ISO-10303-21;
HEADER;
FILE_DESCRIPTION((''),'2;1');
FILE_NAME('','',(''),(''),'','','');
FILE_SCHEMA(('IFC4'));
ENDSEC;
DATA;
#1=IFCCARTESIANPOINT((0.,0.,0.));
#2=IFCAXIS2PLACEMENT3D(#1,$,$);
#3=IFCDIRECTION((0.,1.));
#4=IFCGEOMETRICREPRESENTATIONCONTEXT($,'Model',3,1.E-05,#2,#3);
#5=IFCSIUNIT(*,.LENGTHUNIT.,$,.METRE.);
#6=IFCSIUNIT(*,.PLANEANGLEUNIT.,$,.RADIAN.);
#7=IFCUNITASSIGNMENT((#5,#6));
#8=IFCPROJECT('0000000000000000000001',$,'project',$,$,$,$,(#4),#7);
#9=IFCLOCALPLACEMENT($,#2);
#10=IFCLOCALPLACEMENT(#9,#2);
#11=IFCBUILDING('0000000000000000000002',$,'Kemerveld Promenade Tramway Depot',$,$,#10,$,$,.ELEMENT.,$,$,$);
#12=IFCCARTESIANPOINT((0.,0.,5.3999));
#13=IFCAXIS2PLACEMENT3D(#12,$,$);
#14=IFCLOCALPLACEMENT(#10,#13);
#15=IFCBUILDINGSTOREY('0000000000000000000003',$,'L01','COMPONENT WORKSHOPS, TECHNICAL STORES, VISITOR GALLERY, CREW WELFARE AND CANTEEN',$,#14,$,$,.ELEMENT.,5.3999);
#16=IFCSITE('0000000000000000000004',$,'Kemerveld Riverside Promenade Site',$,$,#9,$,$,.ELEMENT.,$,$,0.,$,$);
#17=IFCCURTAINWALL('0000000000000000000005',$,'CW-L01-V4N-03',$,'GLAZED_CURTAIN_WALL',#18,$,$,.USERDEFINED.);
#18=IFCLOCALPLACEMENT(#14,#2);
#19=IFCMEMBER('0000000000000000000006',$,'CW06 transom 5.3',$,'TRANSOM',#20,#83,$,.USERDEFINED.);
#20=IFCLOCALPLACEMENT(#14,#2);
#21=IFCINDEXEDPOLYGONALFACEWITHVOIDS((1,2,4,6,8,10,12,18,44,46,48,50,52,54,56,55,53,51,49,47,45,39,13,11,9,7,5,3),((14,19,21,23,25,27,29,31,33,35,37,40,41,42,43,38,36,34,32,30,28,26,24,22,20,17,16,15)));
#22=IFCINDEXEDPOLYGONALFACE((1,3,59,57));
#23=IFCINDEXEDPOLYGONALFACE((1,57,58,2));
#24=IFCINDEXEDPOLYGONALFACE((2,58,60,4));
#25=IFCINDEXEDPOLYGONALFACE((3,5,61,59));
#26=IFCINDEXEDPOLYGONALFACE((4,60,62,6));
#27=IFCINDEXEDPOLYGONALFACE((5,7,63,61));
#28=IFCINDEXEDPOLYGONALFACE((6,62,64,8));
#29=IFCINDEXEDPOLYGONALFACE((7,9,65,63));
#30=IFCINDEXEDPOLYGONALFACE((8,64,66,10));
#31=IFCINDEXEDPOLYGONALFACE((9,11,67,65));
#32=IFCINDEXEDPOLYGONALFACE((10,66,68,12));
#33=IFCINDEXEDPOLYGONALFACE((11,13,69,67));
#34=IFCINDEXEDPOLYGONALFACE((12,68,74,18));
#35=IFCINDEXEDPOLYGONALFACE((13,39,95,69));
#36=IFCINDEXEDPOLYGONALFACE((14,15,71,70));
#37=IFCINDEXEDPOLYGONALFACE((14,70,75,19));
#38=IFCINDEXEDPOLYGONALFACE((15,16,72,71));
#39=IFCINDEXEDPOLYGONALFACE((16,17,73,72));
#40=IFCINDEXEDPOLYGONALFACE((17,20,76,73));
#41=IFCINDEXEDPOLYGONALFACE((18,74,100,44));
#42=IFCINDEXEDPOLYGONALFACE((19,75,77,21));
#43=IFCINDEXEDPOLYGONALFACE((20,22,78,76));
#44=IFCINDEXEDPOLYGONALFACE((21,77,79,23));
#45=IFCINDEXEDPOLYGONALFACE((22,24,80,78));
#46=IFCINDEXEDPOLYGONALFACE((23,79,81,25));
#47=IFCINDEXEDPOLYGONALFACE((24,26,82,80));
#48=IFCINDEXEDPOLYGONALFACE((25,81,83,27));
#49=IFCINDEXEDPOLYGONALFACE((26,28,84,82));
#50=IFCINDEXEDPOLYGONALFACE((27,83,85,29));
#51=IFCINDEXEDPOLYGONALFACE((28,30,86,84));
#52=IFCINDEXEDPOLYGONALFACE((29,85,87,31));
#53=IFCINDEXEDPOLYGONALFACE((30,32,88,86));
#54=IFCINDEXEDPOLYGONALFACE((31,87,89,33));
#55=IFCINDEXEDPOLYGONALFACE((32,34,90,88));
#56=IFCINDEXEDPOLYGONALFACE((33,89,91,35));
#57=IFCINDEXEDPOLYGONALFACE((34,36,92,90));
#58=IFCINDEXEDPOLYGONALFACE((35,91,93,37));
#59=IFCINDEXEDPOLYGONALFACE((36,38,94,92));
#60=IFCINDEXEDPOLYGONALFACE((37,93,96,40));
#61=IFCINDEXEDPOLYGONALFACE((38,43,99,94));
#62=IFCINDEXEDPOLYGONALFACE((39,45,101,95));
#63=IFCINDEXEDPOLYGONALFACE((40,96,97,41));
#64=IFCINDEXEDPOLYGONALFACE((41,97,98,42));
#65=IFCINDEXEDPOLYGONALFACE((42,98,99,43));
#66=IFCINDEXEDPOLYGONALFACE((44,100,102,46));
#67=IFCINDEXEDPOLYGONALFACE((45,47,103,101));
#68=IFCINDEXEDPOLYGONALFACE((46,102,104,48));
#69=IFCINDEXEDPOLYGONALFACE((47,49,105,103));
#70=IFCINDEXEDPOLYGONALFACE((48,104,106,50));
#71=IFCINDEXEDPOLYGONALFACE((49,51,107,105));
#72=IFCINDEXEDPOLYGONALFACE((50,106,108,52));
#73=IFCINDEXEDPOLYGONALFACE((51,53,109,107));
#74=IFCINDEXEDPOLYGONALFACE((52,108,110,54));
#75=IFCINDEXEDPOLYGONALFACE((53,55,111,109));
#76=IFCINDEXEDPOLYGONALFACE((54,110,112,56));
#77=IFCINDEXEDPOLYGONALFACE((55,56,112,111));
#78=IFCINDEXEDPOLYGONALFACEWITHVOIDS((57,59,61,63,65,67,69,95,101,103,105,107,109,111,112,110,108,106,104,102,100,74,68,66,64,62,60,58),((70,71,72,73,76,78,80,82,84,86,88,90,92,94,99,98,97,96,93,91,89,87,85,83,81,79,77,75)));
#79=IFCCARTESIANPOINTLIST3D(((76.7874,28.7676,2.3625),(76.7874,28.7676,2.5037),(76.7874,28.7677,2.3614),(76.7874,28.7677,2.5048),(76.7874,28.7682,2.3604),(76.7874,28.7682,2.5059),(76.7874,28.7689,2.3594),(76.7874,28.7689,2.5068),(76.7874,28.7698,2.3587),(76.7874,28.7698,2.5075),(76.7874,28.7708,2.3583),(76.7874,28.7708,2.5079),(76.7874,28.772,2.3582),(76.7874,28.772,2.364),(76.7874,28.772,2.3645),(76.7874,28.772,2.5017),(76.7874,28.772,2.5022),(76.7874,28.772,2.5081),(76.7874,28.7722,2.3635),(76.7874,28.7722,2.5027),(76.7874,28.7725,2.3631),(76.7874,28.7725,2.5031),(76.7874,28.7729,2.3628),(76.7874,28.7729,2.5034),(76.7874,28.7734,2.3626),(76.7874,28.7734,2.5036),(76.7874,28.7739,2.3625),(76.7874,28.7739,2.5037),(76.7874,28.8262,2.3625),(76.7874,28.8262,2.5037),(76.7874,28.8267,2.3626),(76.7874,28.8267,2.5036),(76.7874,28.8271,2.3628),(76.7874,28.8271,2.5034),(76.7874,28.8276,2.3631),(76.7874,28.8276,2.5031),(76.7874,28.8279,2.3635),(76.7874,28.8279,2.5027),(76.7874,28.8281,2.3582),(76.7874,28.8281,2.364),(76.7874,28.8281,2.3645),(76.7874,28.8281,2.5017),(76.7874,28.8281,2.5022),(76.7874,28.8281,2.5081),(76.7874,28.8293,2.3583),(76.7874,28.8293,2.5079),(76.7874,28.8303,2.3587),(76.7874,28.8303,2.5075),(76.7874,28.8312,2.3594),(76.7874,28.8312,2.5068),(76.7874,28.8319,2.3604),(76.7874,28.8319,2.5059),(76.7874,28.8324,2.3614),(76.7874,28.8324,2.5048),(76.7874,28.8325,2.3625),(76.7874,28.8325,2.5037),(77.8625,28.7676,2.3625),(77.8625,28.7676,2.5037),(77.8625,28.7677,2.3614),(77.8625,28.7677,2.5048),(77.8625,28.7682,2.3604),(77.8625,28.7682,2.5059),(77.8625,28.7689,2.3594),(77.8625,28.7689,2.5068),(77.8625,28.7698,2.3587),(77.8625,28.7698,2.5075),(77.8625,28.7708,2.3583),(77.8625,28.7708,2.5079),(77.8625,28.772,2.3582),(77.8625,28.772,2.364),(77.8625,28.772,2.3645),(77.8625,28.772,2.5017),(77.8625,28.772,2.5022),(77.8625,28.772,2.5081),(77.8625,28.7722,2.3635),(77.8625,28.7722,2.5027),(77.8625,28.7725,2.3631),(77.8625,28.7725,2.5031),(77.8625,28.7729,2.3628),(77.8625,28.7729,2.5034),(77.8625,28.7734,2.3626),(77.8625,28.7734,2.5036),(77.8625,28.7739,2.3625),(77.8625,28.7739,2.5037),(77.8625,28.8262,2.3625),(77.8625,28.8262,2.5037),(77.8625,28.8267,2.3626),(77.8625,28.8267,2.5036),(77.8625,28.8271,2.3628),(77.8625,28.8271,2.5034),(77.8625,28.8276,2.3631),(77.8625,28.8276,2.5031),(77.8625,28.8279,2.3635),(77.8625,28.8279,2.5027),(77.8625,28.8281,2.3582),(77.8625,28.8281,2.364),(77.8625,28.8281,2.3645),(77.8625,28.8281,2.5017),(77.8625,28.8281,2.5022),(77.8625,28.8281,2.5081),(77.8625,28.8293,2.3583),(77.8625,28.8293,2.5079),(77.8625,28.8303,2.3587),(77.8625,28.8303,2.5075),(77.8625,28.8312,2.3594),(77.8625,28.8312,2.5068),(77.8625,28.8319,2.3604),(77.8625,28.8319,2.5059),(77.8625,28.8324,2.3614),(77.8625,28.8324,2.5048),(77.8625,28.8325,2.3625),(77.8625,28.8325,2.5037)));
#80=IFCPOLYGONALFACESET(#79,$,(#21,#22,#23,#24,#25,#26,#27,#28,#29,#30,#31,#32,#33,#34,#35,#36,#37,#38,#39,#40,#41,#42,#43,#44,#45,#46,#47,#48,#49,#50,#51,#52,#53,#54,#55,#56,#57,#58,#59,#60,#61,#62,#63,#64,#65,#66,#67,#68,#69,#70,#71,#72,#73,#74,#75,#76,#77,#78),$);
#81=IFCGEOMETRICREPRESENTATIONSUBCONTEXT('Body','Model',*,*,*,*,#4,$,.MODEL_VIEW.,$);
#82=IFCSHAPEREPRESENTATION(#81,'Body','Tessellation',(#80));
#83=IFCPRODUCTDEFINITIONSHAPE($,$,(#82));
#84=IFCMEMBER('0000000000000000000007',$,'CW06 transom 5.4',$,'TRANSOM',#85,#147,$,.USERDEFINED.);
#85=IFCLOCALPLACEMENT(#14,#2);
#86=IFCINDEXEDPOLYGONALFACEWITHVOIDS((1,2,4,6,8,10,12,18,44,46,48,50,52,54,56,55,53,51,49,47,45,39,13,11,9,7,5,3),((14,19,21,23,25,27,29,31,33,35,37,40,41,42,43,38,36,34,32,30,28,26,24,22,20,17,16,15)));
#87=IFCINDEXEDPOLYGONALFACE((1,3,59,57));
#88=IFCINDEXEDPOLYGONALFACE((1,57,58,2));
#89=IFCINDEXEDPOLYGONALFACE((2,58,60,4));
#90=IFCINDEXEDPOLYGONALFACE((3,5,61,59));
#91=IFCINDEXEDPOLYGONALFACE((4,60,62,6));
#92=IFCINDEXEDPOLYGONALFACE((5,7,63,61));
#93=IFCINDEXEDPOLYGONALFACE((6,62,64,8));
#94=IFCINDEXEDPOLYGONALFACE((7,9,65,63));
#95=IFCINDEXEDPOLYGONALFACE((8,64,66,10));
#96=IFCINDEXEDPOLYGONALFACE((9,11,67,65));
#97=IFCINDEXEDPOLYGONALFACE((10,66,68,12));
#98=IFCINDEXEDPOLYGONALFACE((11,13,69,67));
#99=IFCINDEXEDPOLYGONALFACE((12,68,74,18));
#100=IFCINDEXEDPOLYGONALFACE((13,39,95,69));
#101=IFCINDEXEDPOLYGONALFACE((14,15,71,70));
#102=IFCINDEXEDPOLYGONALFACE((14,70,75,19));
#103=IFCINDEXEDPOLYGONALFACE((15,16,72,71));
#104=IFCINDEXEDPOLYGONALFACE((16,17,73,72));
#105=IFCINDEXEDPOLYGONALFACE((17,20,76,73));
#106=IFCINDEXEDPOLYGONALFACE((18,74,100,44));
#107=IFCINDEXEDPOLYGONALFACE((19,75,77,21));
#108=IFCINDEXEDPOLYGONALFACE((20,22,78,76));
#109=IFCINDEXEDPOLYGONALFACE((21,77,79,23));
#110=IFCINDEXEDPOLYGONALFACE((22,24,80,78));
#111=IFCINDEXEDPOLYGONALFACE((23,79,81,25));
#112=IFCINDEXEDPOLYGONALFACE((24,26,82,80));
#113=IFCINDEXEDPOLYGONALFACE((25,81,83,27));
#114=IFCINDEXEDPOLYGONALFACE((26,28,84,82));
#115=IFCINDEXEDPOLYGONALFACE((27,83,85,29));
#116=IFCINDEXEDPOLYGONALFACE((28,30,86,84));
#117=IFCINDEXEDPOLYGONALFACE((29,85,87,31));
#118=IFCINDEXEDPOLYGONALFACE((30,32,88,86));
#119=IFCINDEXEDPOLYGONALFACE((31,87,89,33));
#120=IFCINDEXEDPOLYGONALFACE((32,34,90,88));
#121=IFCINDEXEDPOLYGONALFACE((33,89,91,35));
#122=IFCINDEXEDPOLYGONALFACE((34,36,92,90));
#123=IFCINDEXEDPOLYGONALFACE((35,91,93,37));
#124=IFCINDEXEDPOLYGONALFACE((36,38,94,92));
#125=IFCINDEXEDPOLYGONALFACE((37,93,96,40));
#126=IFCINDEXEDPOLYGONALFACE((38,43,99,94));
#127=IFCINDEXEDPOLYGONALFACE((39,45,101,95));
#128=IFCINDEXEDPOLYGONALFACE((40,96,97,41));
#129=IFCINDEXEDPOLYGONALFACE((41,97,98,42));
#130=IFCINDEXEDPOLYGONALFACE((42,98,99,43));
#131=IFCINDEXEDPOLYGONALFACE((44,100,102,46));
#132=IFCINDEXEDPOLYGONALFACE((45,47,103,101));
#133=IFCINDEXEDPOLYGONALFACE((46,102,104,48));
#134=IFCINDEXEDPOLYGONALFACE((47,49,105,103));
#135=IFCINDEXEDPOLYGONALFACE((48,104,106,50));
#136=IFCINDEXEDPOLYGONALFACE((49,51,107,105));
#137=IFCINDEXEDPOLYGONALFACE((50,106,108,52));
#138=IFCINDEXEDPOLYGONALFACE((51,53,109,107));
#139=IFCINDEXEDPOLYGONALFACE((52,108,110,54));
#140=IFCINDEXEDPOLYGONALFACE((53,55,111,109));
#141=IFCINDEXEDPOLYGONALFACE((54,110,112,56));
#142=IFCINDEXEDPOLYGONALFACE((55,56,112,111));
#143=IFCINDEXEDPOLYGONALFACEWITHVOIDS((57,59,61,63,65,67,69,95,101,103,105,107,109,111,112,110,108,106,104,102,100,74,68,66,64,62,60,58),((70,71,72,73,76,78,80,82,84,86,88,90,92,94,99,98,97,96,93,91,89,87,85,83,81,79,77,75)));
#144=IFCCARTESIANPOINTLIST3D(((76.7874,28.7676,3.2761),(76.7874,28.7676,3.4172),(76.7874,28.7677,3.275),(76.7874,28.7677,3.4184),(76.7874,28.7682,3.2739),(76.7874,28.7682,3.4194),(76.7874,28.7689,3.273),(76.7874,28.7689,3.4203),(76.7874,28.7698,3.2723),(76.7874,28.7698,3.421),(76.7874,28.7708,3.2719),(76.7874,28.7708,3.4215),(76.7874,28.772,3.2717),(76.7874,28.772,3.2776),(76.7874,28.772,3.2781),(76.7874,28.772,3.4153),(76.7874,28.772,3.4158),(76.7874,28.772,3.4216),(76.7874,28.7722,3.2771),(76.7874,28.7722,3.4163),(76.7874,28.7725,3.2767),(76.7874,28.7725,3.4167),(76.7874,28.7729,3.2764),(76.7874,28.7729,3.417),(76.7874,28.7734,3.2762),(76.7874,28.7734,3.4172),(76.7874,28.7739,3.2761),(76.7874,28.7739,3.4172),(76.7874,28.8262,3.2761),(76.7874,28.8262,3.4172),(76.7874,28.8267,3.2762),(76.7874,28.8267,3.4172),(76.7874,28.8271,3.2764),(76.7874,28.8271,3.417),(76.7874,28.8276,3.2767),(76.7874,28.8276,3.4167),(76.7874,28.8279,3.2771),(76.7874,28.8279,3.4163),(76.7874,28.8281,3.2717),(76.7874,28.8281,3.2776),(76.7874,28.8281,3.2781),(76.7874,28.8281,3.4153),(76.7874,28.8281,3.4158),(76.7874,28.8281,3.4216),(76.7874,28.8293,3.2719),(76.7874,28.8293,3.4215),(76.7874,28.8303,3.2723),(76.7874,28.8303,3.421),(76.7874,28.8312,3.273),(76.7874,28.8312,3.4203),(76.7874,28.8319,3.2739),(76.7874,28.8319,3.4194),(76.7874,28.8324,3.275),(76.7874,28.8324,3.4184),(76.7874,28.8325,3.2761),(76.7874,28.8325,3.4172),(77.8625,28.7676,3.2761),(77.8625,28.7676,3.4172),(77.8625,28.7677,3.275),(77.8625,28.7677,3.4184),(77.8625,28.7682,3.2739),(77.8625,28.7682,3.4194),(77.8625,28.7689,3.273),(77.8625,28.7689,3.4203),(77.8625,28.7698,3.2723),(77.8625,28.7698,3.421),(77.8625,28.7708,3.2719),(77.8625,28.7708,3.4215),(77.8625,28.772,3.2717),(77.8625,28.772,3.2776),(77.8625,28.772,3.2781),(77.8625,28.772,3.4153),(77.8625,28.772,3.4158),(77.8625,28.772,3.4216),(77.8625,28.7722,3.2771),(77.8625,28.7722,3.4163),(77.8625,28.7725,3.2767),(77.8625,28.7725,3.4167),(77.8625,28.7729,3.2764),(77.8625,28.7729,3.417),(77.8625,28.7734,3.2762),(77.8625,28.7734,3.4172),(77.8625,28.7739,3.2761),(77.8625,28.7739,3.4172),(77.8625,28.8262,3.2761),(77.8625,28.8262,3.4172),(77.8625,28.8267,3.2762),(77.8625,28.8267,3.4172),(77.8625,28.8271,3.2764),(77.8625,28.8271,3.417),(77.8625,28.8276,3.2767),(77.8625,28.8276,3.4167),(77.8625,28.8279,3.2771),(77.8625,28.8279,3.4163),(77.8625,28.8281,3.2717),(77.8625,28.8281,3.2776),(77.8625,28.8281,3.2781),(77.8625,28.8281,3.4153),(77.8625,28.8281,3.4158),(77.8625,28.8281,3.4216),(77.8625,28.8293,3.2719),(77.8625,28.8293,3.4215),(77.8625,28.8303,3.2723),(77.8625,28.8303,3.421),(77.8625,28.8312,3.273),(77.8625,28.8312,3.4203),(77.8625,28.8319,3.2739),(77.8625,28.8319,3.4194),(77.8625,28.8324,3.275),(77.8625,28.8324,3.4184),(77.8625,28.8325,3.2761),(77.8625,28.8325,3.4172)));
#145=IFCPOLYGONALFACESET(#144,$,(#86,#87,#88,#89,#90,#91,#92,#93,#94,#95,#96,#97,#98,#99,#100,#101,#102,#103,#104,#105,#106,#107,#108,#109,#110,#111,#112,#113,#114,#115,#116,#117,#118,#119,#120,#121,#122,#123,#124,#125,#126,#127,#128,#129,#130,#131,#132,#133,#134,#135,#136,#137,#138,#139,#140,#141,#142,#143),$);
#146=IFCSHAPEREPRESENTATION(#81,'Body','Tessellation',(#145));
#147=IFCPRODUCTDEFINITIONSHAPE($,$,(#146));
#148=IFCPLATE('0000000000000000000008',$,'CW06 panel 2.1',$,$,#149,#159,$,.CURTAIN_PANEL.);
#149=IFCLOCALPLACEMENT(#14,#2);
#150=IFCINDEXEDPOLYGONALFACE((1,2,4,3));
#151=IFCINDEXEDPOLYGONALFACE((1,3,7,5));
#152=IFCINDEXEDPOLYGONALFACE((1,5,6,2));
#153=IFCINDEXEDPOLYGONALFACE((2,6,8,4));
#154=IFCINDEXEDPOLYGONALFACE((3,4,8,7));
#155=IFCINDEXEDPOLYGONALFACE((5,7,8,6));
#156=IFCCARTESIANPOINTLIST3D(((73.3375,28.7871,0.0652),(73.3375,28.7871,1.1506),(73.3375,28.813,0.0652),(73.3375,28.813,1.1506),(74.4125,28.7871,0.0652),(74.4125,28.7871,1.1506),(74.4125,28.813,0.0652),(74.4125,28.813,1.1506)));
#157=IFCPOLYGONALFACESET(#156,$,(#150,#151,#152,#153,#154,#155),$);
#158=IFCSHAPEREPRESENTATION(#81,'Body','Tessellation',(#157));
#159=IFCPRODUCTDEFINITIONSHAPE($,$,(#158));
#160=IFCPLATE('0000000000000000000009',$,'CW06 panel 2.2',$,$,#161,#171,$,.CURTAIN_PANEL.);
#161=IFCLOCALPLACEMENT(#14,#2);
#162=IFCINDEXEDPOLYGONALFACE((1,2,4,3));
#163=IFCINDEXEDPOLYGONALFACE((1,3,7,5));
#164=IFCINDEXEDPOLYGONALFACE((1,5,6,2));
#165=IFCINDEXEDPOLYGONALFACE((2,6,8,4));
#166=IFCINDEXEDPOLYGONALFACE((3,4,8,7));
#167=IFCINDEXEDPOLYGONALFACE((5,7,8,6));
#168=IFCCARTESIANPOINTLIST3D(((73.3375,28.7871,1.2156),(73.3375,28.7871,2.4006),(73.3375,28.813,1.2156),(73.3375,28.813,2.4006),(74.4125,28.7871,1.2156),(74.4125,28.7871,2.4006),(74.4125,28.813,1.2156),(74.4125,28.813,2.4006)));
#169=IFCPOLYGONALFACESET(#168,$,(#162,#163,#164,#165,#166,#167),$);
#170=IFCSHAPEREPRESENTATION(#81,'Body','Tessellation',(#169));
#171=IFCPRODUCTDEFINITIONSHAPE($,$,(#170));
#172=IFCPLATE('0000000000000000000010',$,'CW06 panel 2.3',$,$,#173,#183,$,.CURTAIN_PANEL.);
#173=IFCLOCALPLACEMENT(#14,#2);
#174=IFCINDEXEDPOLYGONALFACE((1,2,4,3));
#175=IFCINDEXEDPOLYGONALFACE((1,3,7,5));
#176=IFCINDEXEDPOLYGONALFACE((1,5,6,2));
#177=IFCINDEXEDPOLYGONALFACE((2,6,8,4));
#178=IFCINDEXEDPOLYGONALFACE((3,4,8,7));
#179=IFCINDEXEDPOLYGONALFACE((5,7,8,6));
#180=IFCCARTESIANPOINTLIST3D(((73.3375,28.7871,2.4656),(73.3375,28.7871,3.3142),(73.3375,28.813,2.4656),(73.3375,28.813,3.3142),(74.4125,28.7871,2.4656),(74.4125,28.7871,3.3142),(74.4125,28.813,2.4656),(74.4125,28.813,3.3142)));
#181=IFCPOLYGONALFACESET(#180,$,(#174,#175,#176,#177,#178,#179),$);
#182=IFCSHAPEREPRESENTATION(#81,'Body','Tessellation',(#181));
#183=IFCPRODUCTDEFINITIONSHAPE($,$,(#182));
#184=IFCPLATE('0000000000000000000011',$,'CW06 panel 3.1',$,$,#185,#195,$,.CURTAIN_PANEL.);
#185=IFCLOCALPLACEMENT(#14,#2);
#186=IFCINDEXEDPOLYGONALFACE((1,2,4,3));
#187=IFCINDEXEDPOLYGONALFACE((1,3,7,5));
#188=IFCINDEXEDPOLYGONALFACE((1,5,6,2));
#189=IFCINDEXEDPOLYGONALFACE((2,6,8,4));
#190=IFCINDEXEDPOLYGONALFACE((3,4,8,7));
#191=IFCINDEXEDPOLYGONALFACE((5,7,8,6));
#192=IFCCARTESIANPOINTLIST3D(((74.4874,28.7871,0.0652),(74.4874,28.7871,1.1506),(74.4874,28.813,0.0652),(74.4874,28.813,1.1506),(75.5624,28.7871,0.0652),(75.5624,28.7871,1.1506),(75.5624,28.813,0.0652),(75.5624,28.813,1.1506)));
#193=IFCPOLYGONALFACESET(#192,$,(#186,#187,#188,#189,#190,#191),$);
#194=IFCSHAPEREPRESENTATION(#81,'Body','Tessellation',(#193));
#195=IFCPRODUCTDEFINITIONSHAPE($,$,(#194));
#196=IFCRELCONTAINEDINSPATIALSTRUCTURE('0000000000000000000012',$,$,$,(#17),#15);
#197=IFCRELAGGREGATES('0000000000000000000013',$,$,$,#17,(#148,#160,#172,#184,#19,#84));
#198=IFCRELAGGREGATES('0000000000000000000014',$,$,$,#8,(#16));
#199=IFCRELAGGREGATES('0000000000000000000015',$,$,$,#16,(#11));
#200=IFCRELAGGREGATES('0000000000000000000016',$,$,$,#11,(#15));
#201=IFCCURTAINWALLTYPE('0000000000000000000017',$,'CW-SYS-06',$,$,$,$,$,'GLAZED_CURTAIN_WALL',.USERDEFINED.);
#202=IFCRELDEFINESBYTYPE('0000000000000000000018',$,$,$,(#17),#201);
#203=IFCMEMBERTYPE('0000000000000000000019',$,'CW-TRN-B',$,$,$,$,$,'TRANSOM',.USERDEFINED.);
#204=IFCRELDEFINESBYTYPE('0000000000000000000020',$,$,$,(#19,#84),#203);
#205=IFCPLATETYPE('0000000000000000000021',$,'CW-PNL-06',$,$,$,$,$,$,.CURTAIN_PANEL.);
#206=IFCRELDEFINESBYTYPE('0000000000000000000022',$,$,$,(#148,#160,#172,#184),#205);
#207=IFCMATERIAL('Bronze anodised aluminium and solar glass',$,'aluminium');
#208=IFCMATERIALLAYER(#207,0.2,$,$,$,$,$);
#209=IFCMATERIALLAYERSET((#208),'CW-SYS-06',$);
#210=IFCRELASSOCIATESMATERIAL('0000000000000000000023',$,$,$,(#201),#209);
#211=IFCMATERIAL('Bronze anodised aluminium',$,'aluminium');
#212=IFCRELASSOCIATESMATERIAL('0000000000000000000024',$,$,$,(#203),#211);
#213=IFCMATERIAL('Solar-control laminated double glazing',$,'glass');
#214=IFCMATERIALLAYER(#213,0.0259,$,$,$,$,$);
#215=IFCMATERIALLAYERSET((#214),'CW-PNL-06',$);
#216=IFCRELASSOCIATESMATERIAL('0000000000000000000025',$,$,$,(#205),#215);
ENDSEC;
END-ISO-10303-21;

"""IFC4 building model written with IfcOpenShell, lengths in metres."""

from ifc_helpers import new_model, si_unit, direction, frame, origin, origin_2d, place, context, subcontext, project, spatial, rectangle, hollow_rectangle, extrude, material, layer, layer_set, material_profile, profile_set, type_object, element, aggregate, save


model = new_model("IFC4")

# Units and contexts
model_context = context("Model", 3, precision=1e-05, world=origin(), true_north=direction((0.0, 1.0)))
body_context = subcontext(model_context, "Body", "Model", "MODEL_VIEW")
ifc_project = project(units=[si_unit("LENGTHUNIT", "METRE"), si_unit("PLANEANGLEUNIT", "RADIAN")], contexts=[model_context])

# Site, building, storey
site_placement = place(None, origin())
site = spatial("IfcSite", under=ifc_project, at=site_placement, Name="Kemerveld Riverside Promenade Site", CompositionType="ELEMENT", RefElevation=0.0)
building_placement = place(site_placement, origin())
building = spatial("IfcBuilding", under=site, at=building_placement, Name="Kemerveld Promenade Tramway Depot", CompositionType="ELEMENT")
storey_placement = place(building_placement, frame((0.0, 0.0, 5.3999)))
storey = spatial("IfcBuildingStorey", under=building, at=storey_placement, Name="L01", Description="COMPONENT WORKSHOPS, TECHNICAL STORES, VISITOR GALLERY, CREW WELFARE AND CANTEEN", CompositionType="ELEMENT", Elevation=5.3999)

# Curtain wall, members, plates
ifc_material_1 = material(Name="Bronze anodised aluminium and solar glass", Category="aluminium")
ifc_layer_1 = layer(ifc_material_1, 0.2)
ifc_layer_set_1 = layer_set([ifc_layer_1], Name="CW-SYS-06")
curtain_wall_type = type_object("IfcCurtainWallType", Name="CW-SYS-06", ElementType="GLAZED_CURTAIN_WALL", PredefinedType="USERDEFINED", material=ifc_layer_set_1)
curtain_wall_placement = place(storey_placement, origin())
curtain_wall = element("IfcCurtainWall", 1, at=curtain_wall_placement, inside=storey, type_object=curtain_wall_type, Name="CW-L01-V4N-03", ObjectType="GLAZED_CURTAIN_WALL", PredefinedType="USERDEFINED")
ifc_material_2 = material(Name="Bronze anodised aluminium", Category="aluminium")
ifc_material_profile_1 = material_profile(ifc_material_2, hollow_rectangle(XDim=0.0649, YDim=0.1499, WallThickness=0.0044, InnerFilletRadius=0.002, OuterFilletRadius=0.0044, at=origin_2d()), Name="CW-TRN-150x65")
ifc_profile_set_1 = profile_set([ifc_material_profile_1], Name="Bronze anodised aluminium")
member_type_1 = type_object("IfcMemberType", Name="CW-TRN-B", ElementType="TRANSOM", PredefinedType="USERDEFINED", material=ifc_profile_set_1)
member_1_placement = place(storey_placement, frame((76.7874, 28.8, 2.4331), z_axis=(1.0, 0.0, 0.0), x_axis=(0.0, 1.0, 0.0)))
member_1 = element("IfcMember", 2, at=member_1_placement, type_object=member_type_1, Name="CW06 transom 5.3", ObjectType="TRANSOM", PredefinedType="USERDEFINED", context=body_context, shape_type="SweptSolid", body=[
    extrude(hollow_rectangle(XDim=0.0649, YDim=0.1499, WallThickness=0.0044, InnerFilletRadius=0.002, OuterFilletRadius=0.0044, at=origin_2d()), origin(), (0.0, 0.0, 1.0), 1.0752),
])
member_2_placement = place(storey_placement, frame((76.7874, 28.8, 3.3467), z_axis=(1.0, 0.0, 0.0), x_axis=(0.0, 1.0, 0.0)))
member_2 = element("IfcMember", 3, at=member_2_placement, type_object=member_type_1, Name="CW06 transom 5.4", ObjectType="TRANSOM", PredefinedType="USERDEFINED", context=body_context, shape_type="SweptSolid", body=[
    extrude(hollow_rectangle(XDim=0.0649, YDim=0.1499, WallThickness=0.0044, InnerFilletRadius=0.002, OuterFilletRadius=0.0044, at=origin_2d()), origin(), (0.0, 0.0, 1.0), 1.0752),
])
ifc_material_3 = material(Name="Solar-control laminated double glazing", Category="glass")
ifc_layer_2 = layer(ifc_material_3, 0.0259)
ifc_layer_set_2 = layer_set([ifc_layer_2], Name="CW-PNL-06")
plate_type = type_object("IfcPlateType", Name="CW-PNL-06", PredefinedType="CURTAIN_PANEL", material=ifc_layer_set_2)
plate_1_placement = place(storey_placement, frame((73.875, 28.8, 0.0652), z_axis=(0.0, 0.0, 1.0), x_axis=(1.0, 0.0, 0.0)))
plate_1 = element("IfcPlate", 4, at=plate_1_placement, type_object=plate_type, Name="CW06 panel 2.1", PredefinedType="CURTAIN_PANEL", context=body_context, shape_type="SweptSolid", body=[
    extrude(rectangle(XDim=1.075, YDim=0.0259, at=origin_2d()), origin(), (0.0, 0.0, 1.0), 1.0854),
])
plate_2_placement = place(storey_placement, frame((73.875, 28.8, 1.2156), z_axis=(0.0, 0.0, 1.0), x_axis=(1.0, 0.0, 0.0)))
plate_2 = element("IfcPlate", 5, at=plate_2_placement, type_object=plate_type, Name="CW06 panel 2.2", PredefinedType="CURTAIN_PANEL", context=body_context, shape_type="SweptSolid", body=[
    extrude(rectangle(XDim=1.075, YDim=0.0259, at=origin_2d()), origin(), (0.0, 0.0, 1.0), 1.1851),
])
plate_3_placement = place(storey_placement, frame((73.875, 28.8, 2.4656), z_axis=(0.0, 0.0, 1.0), x_axis=(1.0, 0.0, 0.0)))
plate_3 = element("IfcPlate", 6, at=plate_3_placement, type_object=plate_type, Name="CW06 panel 2.3", PredefinedType="CURTAIN_PANEL", context=body_context, shape_type="SweptSolid", body=[
    extrude(rectangle(XDim=1.075, YDim=0.0259, at=origin_2d()), origin(), (0.0, 0.0, 1.0), 0.8486),
])
plate_4_placement = place(storey_placement, frame((75.0249, 28.8, 0.0652), z_axis=(0.0, 0.0, 1.0), x_axis=(1.0, 0.0, 0.0)))
plate_4 = element("IfcPlate", 7, at=plate_4_placement, type_object=plate_type, Name="CW06 panel 3.1", PredefinedType="CURTAIN_PANEL", context=body_context, shape_type="SweptSolid", body=[
    extrude(rectangle(XDim=1.075, YDim=0.0259, at=origin_2d()), origin(), (0.0, 0.0, 1.0), 1.0854),
])
aggregate(curtain_wall, [plate_1, plate_2, plate_3, plate_4, member_1, member_2])

save(model, "model.ifc")
